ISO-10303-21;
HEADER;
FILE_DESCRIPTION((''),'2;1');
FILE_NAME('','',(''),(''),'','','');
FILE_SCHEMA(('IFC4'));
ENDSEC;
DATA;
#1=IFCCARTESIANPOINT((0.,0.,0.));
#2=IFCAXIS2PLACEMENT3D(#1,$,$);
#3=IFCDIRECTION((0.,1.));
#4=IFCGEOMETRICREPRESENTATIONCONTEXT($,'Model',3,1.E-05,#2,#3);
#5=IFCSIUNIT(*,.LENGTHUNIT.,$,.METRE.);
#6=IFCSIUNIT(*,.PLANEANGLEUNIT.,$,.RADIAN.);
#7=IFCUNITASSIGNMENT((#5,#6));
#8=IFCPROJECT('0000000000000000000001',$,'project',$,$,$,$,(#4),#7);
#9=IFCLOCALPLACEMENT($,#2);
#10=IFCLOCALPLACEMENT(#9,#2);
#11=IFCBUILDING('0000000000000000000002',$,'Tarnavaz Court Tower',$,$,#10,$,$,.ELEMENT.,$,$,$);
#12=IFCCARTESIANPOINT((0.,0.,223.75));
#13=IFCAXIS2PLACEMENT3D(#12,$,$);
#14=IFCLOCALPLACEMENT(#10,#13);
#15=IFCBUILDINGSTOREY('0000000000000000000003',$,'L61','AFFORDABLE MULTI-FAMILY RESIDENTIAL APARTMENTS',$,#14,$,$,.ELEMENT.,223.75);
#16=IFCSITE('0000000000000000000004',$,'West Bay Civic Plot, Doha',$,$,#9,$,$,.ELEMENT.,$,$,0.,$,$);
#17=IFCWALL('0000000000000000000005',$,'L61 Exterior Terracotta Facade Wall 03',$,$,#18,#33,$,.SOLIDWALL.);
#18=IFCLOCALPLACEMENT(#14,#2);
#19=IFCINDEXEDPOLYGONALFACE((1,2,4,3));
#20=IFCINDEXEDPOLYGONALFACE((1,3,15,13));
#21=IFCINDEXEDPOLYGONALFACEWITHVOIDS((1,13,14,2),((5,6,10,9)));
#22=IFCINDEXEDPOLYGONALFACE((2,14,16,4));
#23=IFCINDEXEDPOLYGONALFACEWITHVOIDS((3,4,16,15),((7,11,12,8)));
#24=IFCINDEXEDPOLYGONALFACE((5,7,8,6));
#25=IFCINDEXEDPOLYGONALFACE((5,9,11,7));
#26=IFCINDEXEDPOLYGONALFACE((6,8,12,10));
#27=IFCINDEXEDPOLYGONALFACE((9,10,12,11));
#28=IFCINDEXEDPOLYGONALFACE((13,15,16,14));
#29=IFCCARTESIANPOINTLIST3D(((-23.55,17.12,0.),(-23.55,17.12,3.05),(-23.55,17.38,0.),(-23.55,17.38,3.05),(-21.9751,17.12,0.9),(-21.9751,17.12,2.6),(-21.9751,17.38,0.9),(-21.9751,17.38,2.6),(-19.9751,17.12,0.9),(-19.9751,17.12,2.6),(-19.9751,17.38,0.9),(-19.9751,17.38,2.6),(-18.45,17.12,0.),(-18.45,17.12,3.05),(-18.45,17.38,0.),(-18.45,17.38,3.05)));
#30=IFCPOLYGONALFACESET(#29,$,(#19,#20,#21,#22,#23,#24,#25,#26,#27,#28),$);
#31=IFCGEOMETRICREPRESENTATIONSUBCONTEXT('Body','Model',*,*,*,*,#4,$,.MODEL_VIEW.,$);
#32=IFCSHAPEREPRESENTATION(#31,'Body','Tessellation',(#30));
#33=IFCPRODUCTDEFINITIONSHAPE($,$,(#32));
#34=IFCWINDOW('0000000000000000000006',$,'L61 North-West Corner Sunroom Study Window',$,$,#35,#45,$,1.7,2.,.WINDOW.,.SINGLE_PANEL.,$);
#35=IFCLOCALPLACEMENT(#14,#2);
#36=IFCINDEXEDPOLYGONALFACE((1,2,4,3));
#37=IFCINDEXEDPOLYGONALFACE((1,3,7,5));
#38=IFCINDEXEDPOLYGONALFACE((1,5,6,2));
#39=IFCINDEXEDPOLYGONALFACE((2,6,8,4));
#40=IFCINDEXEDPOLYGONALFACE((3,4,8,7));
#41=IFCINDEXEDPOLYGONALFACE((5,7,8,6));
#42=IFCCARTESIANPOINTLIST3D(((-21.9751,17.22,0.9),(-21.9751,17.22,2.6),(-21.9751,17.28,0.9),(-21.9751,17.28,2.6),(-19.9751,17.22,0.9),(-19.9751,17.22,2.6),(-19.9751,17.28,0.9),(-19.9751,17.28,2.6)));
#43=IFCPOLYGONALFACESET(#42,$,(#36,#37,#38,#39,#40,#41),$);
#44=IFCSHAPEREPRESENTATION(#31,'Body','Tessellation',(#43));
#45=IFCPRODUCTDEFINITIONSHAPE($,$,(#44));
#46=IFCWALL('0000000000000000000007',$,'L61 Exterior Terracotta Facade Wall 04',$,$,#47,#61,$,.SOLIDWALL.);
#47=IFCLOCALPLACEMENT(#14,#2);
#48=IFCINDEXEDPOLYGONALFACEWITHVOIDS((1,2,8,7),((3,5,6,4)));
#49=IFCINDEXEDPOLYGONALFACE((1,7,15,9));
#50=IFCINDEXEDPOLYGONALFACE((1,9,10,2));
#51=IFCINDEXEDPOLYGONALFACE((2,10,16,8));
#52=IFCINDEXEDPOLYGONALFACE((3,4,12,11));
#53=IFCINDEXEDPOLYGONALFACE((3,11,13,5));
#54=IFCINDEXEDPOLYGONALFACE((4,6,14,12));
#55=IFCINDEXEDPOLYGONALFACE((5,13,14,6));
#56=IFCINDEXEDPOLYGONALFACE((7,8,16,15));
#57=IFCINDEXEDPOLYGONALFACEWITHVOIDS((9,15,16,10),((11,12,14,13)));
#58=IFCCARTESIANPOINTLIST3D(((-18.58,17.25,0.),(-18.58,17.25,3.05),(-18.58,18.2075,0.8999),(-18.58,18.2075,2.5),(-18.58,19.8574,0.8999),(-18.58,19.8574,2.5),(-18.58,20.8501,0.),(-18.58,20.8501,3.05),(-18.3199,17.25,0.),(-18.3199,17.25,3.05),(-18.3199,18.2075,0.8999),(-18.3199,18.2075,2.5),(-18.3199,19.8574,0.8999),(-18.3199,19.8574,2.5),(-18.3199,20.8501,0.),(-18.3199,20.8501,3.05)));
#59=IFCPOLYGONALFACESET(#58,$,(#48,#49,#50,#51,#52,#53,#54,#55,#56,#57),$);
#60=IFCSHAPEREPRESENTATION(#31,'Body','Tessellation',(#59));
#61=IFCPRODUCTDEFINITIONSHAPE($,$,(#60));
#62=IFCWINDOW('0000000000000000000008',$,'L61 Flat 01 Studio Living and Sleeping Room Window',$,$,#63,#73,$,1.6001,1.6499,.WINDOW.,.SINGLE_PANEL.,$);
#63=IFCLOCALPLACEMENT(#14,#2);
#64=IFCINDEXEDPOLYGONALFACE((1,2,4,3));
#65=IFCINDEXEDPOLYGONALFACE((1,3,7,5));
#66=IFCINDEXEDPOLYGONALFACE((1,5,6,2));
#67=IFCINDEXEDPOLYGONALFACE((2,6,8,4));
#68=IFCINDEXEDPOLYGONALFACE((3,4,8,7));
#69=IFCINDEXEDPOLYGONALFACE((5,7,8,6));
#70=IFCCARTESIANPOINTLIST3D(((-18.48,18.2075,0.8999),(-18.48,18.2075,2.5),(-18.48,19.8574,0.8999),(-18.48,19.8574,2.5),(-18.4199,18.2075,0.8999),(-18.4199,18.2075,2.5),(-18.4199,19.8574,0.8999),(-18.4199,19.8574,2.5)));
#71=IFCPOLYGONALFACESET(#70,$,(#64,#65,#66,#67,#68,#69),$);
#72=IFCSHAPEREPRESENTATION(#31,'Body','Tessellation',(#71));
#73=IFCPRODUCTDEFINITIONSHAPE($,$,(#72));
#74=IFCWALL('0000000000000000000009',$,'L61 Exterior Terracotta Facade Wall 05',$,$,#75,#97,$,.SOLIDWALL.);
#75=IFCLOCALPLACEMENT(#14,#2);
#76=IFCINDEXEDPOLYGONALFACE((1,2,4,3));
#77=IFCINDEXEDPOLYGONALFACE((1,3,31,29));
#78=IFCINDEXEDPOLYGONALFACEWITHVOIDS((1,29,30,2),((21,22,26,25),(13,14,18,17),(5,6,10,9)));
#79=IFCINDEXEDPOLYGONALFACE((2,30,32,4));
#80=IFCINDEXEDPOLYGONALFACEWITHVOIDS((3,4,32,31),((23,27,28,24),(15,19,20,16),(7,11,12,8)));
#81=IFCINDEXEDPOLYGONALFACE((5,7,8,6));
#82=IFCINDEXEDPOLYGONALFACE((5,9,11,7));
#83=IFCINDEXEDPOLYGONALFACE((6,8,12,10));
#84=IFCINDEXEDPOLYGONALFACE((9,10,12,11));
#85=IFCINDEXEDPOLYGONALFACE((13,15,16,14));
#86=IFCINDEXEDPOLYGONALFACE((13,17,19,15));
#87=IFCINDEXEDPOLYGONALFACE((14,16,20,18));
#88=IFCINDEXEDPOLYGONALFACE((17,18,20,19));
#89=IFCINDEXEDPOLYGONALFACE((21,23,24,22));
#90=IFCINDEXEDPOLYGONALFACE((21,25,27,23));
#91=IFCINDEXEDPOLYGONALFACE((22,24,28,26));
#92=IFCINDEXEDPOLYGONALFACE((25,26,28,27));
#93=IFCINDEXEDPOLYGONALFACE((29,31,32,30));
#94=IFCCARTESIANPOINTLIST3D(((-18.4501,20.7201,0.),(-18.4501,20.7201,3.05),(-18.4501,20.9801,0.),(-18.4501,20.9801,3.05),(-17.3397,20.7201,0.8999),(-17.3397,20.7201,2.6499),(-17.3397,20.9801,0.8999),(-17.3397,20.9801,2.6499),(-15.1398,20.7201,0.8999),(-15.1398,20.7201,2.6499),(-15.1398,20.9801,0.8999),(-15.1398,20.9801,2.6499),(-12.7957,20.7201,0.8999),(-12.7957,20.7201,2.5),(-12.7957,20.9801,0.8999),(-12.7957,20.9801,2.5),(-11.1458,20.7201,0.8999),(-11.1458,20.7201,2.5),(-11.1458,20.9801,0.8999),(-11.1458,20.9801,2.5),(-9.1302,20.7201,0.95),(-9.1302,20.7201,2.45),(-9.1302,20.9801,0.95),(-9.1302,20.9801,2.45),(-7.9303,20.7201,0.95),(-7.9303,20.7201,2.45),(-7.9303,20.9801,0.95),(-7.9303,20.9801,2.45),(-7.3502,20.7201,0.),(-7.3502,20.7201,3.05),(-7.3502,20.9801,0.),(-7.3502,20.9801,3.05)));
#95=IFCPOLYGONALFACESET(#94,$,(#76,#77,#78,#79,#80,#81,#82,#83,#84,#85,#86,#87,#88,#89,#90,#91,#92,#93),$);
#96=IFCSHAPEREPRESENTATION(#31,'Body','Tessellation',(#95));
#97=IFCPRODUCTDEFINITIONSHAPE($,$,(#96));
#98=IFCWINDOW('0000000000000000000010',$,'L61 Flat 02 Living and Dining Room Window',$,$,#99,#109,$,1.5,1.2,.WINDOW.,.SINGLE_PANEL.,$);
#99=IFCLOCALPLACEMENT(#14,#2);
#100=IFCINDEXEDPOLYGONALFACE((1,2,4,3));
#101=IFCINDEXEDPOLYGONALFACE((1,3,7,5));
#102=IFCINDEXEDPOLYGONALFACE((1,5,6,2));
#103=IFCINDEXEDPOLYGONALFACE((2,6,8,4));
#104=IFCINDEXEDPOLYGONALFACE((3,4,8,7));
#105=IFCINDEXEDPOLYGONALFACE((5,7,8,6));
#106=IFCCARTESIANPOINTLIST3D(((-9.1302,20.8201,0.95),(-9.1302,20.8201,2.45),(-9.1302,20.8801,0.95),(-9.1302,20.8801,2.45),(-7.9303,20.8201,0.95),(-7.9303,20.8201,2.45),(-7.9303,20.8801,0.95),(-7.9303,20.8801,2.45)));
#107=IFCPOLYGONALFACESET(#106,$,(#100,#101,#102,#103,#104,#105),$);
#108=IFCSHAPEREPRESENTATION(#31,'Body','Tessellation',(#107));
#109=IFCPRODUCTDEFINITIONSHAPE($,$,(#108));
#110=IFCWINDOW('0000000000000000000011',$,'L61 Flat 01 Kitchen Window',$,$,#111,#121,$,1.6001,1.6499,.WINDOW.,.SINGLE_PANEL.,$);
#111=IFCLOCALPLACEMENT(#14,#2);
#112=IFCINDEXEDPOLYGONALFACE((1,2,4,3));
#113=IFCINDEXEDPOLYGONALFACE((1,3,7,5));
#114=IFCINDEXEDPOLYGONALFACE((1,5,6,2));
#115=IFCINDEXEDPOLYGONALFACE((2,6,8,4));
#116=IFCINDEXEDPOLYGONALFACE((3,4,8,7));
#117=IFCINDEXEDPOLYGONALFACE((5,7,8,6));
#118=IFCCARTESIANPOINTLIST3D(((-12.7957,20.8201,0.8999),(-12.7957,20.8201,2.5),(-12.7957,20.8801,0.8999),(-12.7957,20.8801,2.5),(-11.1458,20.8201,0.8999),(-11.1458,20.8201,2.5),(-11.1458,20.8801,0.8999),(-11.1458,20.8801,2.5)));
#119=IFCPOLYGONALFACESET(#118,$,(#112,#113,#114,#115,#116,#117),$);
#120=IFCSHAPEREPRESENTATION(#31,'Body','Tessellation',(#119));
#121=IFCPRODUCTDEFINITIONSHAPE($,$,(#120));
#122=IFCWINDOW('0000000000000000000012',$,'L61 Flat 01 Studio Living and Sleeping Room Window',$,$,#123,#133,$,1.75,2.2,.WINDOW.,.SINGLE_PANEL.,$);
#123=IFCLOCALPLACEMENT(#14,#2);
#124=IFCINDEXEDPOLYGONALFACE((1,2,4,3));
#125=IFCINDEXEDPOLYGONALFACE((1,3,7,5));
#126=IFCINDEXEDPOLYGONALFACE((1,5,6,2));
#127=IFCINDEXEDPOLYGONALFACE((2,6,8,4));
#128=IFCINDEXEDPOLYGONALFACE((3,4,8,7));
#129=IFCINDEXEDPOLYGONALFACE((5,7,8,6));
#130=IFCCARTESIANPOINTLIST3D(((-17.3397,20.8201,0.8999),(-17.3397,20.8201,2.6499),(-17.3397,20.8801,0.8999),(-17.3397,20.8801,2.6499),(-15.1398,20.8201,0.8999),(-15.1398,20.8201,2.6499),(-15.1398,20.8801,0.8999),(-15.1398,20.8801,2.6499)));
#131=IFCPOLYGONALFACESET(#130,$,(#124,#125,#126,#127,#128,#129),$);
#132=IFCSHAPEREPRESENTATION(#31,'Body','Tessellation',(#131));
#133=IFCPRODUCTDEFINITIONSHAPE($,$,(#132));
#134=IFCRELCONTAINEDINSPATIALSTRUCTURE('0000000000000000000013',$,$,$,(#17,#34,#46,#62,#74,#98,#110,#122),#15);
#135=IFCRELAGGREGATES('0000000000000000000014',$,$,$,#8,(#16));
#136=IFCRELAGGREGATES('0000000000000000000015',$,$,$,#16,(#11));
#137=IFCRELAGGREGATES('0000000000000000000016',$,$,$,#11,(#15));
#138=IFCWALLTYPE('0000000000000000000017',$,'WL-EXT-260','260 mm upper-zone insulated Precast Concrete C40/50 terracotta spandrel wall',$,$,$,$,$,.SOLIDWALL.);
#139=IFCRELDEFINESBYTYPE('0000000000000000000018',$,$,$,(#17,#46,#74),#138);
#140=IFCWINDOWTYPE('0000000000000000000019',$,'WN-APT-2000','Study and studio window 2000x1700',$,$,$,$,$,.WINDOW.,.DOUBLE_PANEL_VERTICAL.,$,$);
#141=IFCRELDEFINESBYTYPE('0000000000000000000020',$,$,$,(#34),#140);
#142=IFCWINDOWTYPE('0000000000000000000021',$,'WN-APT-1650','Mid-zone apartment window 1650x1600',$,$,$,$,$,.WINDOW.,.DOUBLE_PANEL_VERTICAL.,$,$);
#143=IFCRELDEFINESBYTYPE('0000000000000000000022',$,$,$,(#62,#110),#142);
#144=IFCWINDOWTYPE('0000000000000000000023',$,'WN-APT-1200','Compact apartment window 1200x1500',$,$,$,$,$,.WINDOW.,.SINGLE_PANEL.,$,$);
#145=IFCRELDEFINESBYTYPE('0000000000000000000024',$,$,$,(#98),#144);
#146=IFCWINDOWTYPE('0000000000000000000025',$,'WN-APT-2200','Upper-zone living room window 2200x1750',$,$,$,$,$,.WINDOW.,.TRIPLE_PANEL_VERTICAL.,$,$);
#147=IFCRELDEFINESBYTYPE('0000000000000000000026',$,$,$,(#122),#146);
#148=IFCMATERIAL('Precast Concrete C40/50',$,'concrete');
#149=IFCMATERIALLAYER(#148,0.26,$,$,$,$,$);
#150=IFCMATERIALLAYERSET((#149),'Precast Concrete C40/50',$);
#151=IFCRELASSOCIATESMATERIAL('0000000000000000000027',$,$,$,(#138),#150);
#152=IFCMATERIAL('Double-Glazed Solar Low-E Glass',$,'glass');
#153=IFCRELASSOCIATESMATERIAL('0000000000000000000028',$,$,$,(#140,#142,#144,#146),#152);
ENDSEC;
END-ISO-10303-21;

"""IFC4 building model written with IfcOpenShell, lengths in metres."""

from ifc_helpers import new_model, si_unit, direction, frame, frame_2d, origin, place, context, subcontext, project, spatial, rectangle, extrude, material, layer, layer_set, type_object, element, fill, save


model = new_model("IFC4")

# Units and contexts
model_context = context("Model", 3, precision=1e-05, world=origin(), true_north=direction((0.0, 1.0)))
body_context = subcontext(model_context, "Body", "Model", "MODEL_VIEW")
ifc_project = project(units=[si_unit("LENGTHUNIT", "METRE"), si_unit("PLANEANGLEUNIT", "RADIAN")], contexts=[model_context])

# Site, building, storey
site_placement = place(None, origin())
site = spatial("IfcSite", under=ifc_project, at=site_placement, Name="West Bay Civic Plot, Doha", CompositionType="ELEMENT", RefElevation=0.0)
building_placement = place(site_placement, origin())
building = spatial("IfcBuilding", under=site, at=building_placement, Name="Tarnavaz Court Tower", CompositionType="ELEMENT")
storey_placement = place(building_placement, frame((0.0, 0.0, 223.75)))
storey = spatial("IfcBuildingStorey", under=building, at=storey_placement, Name="L61", Description="AFFORDABLE MULTI-FAMILY RESIDENTIAL APARTMENTS", CompositionType="ELEMENT", Elevation=223.75)

# Walls, openings, windows
ifc_material_1 = material(Name="Precast Concrete C40/50", Category="concrete")
ifc_layer_1 = layer(ifc_material_1, 0.26)
ifc_layer_set_1 = layer_set([ifc_layer_1], Name="Precast Concrete C40/50")
wall_type_1 = type_object("IfcWallType", Name="WL-EXT-260", Description="260 mm upper-zone insulated Precast Concrete C40/50 terracotta spandrel wall", PredefinedType="SOLIDWALL", material=ifc_layer_set_1)
wall_1_placement = place(storey_placement, frame((-23.55, 17.25, 0.0), z_axis=(0.0, 0.0, 1.0), x_axis=(1.0, 0.0, 0.0)))
wall_1 = element("IfcWall", 1, at=wall_1_placement, inside=storey, type_object=wall_type_1, Name="L61 Exterior Terracotta Facade Wall 03", PredefinedType="SOLIDWALL", context=body_context, shape_type="SweptSolid", body=[
    extrude(rectangle(XDim=5.1001, YDim=0.26, at=frame_2d((2.55, 0.0))), origin(), (0.0, 0.0, 1.0), 3.05),
])
opening_1_placement = place(wall_1_placement, frame((1.575, 0.0, 0.8999)))
opening_1 = element("IfcOpeningElement", 2, at=opening_1_placement, cuts=wall_1, PredefinedType="OPENING", context=body_context, shape_type="SweptSolid", body=[
    extrude(rectangle(XDim=2.0, YDim=1.7, at=frame_2d((1.0, 0.8501))), frame((0.0, 0.1399, 0.0), z_axis=(0.0, -1.0, 0.0), x_axis=(1.0, 0.0, 0.0)), (0.0, 0.0, 1.0), 0.28),
])
ifc_material_2 = material(Name="Double-Glazed Solar Low-E Glass", Category="glass")
window_type_1 = type_object("IfcWindowType", Name="WN-APT-2000", Description="Study and studio window 2000x1700", PartitioningType="DOUBLE_PANEL_VERTICAL", PredefinedType="WINDOW", material=ifc_material_2)
window_1_placement = place(opening_1_placement, origin())
window_1 = element("IfcWindow", 3, at=window_1_placement, inside=storey, type_object=window_type_1, Name="L61 North-West Corner Sunroom Study Window", OverallHeight=1.7, OverallWidth=2.0, PartitioningType="SINGLE_PANEL", PredefinedType="WINDOW", context=body_context, shape_type="SweptSolid", body=[
    extrude(rectangle(XDim=2.0, YDim=1.7, at=frame_2d((1.0, 0.8501))), frame((0.0, 0.03, 0.0), z_axis=(0.0, -1.0, 0.0), x_axis=(1.0, 0.0, 0.0)), (0.0, 0.0, 1.0), 0.0601),
])
fill(opening_1, window_1)
wall_2_placement = place(storey_placement, frame((-18.45, 17.25, 0.0), z_axis=(0.0, 0.0, 1.0), x_axis=(0.0, 1.0, 0.0)))
wall_2 = element("IfcWall", 4, at=wall_2_placement, inside=storey, type_object=wall_type_1, Name="L61 Exterior Terracotta Facade Wall 04", PredefinedType="SOLIDWALL", context=body_context, shape_type="SweptSolid", body=[
    extrude(rectangle(XDim=3.6001, YDim=0.26, at=frame_2d((1.8, 0.0))), origin(), (0.0, 0.0, 1.0), 3.05),
])
opening_2_placement = place(wall_2_placement, frame((0.9575, 0.0, 0.8999)))
opening_2 = element("IfcOpeningElement", 5, at=opening_2_placement, cuts=wall_2, PredefinedType="OPENING", context=body_context, shape_type="SweptSolid", body=[
    extrude(rectangle(XDim=1.6499, YDim=1.6001, at=frame_2d((0.825, 0.8))), frame((0.0, 0.1399, 0.0), z_axis=(0.0, -1.0, 0.0), x_axis=(1.0, 0.0, 0.0)), (0.0, 0.0, 1.0), 0.28),
])
window_type_2 = type_object("IfcWindowType", Name="WN-APT-1650", Description="Mid-zone apartment window 1650x1600", PartitioningType="DOUBLE_PANEL_VERTICAL", PredefinedType="WINDOW", material=ifc_material_2)
window_2_placement = place(opening_2_placement, origin())
window_2 = element("IfcWindow", 6, at=window_2_placement, inside=storey, type_object=window_type_2, Name="L61 Flat 01 Studio Living and Sleeping Room Window", OverallHeight=1.6001, OverallWidth=1.6499, PartitioningType="SINGLE_PANEL", PredefinedType="WINDOW", context=body_context, shape_type="SweptSolid", body=[
    extrude(rectangle(XDim=1.6499, YDim=1.6001, at=frame_2d((0.825, 0.8))), frame((0.0, 0.03, 0.0), z_axis=(0.0, -1.0, 0.0), x_axis=(1.0, 0.0, 0.0)), (0.0, 0.0, 1.0), 0.0601),
])
fill(opening_2, window_2)

# Wall, openings, windows
wall_3_placement = place(storey_placement, frame((-18.45, 20.8501, 0.0), z_axis=(0.0, 0.0, 1.0), x_axis=(1.0, 0.0, 0.0)))
wall_3 = element("IfcWall", 7, at=wall_3_placement, inside=storey, type_object=wall_type_1, Name="L61 Exterior Terracotta Facade Wall 05", PredefinedType="SOLIDWALL", context=body_context, shape_type="SweptSolid", body=[
    extrude(rectangle(XDim=11.0999, YDim=0.26, at=frame_2d((5.5498, 0.0))), origin(), (0.0, 0.0, 1.0), 3.05),
])
opening_3_placement = place(wall_3_placement, frame((1.1101, 0.0, 0.8999)))
opening_3 = element("IfcOpeningElement", 8, at=opening_3_placement, cuts=wall_3, PredefinedType="OPENING", context=body_context, shape_type="SweptSolid", body=[
    extrude(rectangle(XDim=2.2, YDim=1.75, at=frame_2d((1.1001, 0.875))), frame((0.0, 0.1399, 0.0), z_axis=(0.0, -1.0, 0.0), x_axis=(1.0, 0.0, 0.0)), (0.0, 0.0, 1.0), 0.28),
])
opening_4_placement = place(wall_3_placement, frame((5.6543, 0.0, 0.8999)))
opening_4 = element("IfcOpeningElement", 9, at=opening_4_placement, cuts=wall_3, PredefinedType="OPENING", context=body_context, shape_type="SweptSolid", body=[
    extrude(rectangle(XDim=1.6499, YDim=1.6001, at=frame_2d((0.825, 0.8))), frame((0.0, 0.1399, 0.0), z_axis=(0.0, -1.0, 0.0), x_axis=(1.0, 0.0, 0.0)), (0.0, 0.0, 1.0), 0.28),
])
opening_5_placement = place(wall_3_placement, frame((9.3196, 0.0, 0.95)))
opening_5 = element("IfcOpeningElement", 10, at=opening_5_placement, cuts=wall_3, PredefinedType="OPENING", context=body_context, shape_type="SweptSolid", body=[
    extrude(rectangle(XDim=1.2, YDim=1.5, at=frame_2d((0.6001, 0.75))), frame((0.0, 0.1399, 0.0), z_axis=(0.0, -1.0, 0.0), x_axis=(1.0, 0.0, 0.0)), (0.0, 0.0, 1.0), 0.28),
])
window_type_3 = type_object("IfcWindowType", Name="WN-APT-1200", Description="Compact apartment window 1200x1500", PartitioningType="SINGLE_PANEL", PredefinedType="WINDOW", material=ifc_material_2)
window_3_placement = place(opening_5_placement, origin())
window_3 = element("IfcWindow", 11, at=window_3_placement, inside=storey, type_object=window_type_3, Name="L61 Flat 02 Living and Dining Room Window", OverallHeight=1.5, OverallWidth=1.2, PartitioningType="SINGLE_PANEL", PredefinedType="WINDOW", context=body_context, shape_type="SweptSolid", body=[
    extrude(rectangle(XDim=1.2, YDim=1.5, at=frame_2d((0.6001, 0.75))), frame((0.0, 0.03, 0.0), z_axis=(0.0, -1.0, 0.0), x_axis=(1.0, 0.0, 0.0)), (0.0, 0.0, 1.0), 0.0601),
])
fill(opening_5, window_3)
window_4_placement = place(opening_4_placement, origin())
window_4 = element("IfcWindow", 12, at=window_4_placement, inside=storey, type_object=window_type_2, Name="L61 Flat 01 Kitchen Window", OverallHeight=1.6001, OverallWidth=1.6499, PartitioningType="SINGLE_PANEL", PredefinedType="WINDOW", context=body_context, shape_type="SweptSolid", body=[
    extrude(rectangle(XDim=1.6499, YDim=1.6001, at=frame_2d((0.825, 0.8))), frame((0.0, 0.03, 0.0), z_axis=(0.0, -1.0, 0.0), x_axis=(1.0, 0.0, 0.0)), (0.0, 0.0, 1.0), 0.0601),
])
fill(opening_4, window_4)
window_type_4 = type_object("IfcWindowType", Name="WN-APT-2200", Description="Upper-zone living room window 2200x1750", PartitioningType="TRIPLE_PANEL_VERTICAL", PredefinedType="WINDOW", material=ifc_material_2)
window_5_placement = place(opening_3_placement, origin())
window_5 = element("IfcWindow", 13, at=window_5_placement, inside=storey, type_object=window_type_4, Name="L61 Flat 01 Studio Living and Sleeping Room Window", OverallHeight=1.75, OverallWidth=2.2, PartitioningType="SINGLE_PANEL", PredefinedType="WINDOW", context=body_context, shape_type="SweptSolid", body=[
    extrude(rectangle(XDim=2.2, YDim=1.75, at=frame_2d((1.1001, 0.875))), frame((0.0, 0.03, 0.0), z_axis=(0.0, -1.0, 0.0), x_axis=(1.0, 0.0, 0.0)), (0.0, 0.0, 1.0), 0.0601),
])
fill(opening_3, window_5)

save(model, "model.ifc")
